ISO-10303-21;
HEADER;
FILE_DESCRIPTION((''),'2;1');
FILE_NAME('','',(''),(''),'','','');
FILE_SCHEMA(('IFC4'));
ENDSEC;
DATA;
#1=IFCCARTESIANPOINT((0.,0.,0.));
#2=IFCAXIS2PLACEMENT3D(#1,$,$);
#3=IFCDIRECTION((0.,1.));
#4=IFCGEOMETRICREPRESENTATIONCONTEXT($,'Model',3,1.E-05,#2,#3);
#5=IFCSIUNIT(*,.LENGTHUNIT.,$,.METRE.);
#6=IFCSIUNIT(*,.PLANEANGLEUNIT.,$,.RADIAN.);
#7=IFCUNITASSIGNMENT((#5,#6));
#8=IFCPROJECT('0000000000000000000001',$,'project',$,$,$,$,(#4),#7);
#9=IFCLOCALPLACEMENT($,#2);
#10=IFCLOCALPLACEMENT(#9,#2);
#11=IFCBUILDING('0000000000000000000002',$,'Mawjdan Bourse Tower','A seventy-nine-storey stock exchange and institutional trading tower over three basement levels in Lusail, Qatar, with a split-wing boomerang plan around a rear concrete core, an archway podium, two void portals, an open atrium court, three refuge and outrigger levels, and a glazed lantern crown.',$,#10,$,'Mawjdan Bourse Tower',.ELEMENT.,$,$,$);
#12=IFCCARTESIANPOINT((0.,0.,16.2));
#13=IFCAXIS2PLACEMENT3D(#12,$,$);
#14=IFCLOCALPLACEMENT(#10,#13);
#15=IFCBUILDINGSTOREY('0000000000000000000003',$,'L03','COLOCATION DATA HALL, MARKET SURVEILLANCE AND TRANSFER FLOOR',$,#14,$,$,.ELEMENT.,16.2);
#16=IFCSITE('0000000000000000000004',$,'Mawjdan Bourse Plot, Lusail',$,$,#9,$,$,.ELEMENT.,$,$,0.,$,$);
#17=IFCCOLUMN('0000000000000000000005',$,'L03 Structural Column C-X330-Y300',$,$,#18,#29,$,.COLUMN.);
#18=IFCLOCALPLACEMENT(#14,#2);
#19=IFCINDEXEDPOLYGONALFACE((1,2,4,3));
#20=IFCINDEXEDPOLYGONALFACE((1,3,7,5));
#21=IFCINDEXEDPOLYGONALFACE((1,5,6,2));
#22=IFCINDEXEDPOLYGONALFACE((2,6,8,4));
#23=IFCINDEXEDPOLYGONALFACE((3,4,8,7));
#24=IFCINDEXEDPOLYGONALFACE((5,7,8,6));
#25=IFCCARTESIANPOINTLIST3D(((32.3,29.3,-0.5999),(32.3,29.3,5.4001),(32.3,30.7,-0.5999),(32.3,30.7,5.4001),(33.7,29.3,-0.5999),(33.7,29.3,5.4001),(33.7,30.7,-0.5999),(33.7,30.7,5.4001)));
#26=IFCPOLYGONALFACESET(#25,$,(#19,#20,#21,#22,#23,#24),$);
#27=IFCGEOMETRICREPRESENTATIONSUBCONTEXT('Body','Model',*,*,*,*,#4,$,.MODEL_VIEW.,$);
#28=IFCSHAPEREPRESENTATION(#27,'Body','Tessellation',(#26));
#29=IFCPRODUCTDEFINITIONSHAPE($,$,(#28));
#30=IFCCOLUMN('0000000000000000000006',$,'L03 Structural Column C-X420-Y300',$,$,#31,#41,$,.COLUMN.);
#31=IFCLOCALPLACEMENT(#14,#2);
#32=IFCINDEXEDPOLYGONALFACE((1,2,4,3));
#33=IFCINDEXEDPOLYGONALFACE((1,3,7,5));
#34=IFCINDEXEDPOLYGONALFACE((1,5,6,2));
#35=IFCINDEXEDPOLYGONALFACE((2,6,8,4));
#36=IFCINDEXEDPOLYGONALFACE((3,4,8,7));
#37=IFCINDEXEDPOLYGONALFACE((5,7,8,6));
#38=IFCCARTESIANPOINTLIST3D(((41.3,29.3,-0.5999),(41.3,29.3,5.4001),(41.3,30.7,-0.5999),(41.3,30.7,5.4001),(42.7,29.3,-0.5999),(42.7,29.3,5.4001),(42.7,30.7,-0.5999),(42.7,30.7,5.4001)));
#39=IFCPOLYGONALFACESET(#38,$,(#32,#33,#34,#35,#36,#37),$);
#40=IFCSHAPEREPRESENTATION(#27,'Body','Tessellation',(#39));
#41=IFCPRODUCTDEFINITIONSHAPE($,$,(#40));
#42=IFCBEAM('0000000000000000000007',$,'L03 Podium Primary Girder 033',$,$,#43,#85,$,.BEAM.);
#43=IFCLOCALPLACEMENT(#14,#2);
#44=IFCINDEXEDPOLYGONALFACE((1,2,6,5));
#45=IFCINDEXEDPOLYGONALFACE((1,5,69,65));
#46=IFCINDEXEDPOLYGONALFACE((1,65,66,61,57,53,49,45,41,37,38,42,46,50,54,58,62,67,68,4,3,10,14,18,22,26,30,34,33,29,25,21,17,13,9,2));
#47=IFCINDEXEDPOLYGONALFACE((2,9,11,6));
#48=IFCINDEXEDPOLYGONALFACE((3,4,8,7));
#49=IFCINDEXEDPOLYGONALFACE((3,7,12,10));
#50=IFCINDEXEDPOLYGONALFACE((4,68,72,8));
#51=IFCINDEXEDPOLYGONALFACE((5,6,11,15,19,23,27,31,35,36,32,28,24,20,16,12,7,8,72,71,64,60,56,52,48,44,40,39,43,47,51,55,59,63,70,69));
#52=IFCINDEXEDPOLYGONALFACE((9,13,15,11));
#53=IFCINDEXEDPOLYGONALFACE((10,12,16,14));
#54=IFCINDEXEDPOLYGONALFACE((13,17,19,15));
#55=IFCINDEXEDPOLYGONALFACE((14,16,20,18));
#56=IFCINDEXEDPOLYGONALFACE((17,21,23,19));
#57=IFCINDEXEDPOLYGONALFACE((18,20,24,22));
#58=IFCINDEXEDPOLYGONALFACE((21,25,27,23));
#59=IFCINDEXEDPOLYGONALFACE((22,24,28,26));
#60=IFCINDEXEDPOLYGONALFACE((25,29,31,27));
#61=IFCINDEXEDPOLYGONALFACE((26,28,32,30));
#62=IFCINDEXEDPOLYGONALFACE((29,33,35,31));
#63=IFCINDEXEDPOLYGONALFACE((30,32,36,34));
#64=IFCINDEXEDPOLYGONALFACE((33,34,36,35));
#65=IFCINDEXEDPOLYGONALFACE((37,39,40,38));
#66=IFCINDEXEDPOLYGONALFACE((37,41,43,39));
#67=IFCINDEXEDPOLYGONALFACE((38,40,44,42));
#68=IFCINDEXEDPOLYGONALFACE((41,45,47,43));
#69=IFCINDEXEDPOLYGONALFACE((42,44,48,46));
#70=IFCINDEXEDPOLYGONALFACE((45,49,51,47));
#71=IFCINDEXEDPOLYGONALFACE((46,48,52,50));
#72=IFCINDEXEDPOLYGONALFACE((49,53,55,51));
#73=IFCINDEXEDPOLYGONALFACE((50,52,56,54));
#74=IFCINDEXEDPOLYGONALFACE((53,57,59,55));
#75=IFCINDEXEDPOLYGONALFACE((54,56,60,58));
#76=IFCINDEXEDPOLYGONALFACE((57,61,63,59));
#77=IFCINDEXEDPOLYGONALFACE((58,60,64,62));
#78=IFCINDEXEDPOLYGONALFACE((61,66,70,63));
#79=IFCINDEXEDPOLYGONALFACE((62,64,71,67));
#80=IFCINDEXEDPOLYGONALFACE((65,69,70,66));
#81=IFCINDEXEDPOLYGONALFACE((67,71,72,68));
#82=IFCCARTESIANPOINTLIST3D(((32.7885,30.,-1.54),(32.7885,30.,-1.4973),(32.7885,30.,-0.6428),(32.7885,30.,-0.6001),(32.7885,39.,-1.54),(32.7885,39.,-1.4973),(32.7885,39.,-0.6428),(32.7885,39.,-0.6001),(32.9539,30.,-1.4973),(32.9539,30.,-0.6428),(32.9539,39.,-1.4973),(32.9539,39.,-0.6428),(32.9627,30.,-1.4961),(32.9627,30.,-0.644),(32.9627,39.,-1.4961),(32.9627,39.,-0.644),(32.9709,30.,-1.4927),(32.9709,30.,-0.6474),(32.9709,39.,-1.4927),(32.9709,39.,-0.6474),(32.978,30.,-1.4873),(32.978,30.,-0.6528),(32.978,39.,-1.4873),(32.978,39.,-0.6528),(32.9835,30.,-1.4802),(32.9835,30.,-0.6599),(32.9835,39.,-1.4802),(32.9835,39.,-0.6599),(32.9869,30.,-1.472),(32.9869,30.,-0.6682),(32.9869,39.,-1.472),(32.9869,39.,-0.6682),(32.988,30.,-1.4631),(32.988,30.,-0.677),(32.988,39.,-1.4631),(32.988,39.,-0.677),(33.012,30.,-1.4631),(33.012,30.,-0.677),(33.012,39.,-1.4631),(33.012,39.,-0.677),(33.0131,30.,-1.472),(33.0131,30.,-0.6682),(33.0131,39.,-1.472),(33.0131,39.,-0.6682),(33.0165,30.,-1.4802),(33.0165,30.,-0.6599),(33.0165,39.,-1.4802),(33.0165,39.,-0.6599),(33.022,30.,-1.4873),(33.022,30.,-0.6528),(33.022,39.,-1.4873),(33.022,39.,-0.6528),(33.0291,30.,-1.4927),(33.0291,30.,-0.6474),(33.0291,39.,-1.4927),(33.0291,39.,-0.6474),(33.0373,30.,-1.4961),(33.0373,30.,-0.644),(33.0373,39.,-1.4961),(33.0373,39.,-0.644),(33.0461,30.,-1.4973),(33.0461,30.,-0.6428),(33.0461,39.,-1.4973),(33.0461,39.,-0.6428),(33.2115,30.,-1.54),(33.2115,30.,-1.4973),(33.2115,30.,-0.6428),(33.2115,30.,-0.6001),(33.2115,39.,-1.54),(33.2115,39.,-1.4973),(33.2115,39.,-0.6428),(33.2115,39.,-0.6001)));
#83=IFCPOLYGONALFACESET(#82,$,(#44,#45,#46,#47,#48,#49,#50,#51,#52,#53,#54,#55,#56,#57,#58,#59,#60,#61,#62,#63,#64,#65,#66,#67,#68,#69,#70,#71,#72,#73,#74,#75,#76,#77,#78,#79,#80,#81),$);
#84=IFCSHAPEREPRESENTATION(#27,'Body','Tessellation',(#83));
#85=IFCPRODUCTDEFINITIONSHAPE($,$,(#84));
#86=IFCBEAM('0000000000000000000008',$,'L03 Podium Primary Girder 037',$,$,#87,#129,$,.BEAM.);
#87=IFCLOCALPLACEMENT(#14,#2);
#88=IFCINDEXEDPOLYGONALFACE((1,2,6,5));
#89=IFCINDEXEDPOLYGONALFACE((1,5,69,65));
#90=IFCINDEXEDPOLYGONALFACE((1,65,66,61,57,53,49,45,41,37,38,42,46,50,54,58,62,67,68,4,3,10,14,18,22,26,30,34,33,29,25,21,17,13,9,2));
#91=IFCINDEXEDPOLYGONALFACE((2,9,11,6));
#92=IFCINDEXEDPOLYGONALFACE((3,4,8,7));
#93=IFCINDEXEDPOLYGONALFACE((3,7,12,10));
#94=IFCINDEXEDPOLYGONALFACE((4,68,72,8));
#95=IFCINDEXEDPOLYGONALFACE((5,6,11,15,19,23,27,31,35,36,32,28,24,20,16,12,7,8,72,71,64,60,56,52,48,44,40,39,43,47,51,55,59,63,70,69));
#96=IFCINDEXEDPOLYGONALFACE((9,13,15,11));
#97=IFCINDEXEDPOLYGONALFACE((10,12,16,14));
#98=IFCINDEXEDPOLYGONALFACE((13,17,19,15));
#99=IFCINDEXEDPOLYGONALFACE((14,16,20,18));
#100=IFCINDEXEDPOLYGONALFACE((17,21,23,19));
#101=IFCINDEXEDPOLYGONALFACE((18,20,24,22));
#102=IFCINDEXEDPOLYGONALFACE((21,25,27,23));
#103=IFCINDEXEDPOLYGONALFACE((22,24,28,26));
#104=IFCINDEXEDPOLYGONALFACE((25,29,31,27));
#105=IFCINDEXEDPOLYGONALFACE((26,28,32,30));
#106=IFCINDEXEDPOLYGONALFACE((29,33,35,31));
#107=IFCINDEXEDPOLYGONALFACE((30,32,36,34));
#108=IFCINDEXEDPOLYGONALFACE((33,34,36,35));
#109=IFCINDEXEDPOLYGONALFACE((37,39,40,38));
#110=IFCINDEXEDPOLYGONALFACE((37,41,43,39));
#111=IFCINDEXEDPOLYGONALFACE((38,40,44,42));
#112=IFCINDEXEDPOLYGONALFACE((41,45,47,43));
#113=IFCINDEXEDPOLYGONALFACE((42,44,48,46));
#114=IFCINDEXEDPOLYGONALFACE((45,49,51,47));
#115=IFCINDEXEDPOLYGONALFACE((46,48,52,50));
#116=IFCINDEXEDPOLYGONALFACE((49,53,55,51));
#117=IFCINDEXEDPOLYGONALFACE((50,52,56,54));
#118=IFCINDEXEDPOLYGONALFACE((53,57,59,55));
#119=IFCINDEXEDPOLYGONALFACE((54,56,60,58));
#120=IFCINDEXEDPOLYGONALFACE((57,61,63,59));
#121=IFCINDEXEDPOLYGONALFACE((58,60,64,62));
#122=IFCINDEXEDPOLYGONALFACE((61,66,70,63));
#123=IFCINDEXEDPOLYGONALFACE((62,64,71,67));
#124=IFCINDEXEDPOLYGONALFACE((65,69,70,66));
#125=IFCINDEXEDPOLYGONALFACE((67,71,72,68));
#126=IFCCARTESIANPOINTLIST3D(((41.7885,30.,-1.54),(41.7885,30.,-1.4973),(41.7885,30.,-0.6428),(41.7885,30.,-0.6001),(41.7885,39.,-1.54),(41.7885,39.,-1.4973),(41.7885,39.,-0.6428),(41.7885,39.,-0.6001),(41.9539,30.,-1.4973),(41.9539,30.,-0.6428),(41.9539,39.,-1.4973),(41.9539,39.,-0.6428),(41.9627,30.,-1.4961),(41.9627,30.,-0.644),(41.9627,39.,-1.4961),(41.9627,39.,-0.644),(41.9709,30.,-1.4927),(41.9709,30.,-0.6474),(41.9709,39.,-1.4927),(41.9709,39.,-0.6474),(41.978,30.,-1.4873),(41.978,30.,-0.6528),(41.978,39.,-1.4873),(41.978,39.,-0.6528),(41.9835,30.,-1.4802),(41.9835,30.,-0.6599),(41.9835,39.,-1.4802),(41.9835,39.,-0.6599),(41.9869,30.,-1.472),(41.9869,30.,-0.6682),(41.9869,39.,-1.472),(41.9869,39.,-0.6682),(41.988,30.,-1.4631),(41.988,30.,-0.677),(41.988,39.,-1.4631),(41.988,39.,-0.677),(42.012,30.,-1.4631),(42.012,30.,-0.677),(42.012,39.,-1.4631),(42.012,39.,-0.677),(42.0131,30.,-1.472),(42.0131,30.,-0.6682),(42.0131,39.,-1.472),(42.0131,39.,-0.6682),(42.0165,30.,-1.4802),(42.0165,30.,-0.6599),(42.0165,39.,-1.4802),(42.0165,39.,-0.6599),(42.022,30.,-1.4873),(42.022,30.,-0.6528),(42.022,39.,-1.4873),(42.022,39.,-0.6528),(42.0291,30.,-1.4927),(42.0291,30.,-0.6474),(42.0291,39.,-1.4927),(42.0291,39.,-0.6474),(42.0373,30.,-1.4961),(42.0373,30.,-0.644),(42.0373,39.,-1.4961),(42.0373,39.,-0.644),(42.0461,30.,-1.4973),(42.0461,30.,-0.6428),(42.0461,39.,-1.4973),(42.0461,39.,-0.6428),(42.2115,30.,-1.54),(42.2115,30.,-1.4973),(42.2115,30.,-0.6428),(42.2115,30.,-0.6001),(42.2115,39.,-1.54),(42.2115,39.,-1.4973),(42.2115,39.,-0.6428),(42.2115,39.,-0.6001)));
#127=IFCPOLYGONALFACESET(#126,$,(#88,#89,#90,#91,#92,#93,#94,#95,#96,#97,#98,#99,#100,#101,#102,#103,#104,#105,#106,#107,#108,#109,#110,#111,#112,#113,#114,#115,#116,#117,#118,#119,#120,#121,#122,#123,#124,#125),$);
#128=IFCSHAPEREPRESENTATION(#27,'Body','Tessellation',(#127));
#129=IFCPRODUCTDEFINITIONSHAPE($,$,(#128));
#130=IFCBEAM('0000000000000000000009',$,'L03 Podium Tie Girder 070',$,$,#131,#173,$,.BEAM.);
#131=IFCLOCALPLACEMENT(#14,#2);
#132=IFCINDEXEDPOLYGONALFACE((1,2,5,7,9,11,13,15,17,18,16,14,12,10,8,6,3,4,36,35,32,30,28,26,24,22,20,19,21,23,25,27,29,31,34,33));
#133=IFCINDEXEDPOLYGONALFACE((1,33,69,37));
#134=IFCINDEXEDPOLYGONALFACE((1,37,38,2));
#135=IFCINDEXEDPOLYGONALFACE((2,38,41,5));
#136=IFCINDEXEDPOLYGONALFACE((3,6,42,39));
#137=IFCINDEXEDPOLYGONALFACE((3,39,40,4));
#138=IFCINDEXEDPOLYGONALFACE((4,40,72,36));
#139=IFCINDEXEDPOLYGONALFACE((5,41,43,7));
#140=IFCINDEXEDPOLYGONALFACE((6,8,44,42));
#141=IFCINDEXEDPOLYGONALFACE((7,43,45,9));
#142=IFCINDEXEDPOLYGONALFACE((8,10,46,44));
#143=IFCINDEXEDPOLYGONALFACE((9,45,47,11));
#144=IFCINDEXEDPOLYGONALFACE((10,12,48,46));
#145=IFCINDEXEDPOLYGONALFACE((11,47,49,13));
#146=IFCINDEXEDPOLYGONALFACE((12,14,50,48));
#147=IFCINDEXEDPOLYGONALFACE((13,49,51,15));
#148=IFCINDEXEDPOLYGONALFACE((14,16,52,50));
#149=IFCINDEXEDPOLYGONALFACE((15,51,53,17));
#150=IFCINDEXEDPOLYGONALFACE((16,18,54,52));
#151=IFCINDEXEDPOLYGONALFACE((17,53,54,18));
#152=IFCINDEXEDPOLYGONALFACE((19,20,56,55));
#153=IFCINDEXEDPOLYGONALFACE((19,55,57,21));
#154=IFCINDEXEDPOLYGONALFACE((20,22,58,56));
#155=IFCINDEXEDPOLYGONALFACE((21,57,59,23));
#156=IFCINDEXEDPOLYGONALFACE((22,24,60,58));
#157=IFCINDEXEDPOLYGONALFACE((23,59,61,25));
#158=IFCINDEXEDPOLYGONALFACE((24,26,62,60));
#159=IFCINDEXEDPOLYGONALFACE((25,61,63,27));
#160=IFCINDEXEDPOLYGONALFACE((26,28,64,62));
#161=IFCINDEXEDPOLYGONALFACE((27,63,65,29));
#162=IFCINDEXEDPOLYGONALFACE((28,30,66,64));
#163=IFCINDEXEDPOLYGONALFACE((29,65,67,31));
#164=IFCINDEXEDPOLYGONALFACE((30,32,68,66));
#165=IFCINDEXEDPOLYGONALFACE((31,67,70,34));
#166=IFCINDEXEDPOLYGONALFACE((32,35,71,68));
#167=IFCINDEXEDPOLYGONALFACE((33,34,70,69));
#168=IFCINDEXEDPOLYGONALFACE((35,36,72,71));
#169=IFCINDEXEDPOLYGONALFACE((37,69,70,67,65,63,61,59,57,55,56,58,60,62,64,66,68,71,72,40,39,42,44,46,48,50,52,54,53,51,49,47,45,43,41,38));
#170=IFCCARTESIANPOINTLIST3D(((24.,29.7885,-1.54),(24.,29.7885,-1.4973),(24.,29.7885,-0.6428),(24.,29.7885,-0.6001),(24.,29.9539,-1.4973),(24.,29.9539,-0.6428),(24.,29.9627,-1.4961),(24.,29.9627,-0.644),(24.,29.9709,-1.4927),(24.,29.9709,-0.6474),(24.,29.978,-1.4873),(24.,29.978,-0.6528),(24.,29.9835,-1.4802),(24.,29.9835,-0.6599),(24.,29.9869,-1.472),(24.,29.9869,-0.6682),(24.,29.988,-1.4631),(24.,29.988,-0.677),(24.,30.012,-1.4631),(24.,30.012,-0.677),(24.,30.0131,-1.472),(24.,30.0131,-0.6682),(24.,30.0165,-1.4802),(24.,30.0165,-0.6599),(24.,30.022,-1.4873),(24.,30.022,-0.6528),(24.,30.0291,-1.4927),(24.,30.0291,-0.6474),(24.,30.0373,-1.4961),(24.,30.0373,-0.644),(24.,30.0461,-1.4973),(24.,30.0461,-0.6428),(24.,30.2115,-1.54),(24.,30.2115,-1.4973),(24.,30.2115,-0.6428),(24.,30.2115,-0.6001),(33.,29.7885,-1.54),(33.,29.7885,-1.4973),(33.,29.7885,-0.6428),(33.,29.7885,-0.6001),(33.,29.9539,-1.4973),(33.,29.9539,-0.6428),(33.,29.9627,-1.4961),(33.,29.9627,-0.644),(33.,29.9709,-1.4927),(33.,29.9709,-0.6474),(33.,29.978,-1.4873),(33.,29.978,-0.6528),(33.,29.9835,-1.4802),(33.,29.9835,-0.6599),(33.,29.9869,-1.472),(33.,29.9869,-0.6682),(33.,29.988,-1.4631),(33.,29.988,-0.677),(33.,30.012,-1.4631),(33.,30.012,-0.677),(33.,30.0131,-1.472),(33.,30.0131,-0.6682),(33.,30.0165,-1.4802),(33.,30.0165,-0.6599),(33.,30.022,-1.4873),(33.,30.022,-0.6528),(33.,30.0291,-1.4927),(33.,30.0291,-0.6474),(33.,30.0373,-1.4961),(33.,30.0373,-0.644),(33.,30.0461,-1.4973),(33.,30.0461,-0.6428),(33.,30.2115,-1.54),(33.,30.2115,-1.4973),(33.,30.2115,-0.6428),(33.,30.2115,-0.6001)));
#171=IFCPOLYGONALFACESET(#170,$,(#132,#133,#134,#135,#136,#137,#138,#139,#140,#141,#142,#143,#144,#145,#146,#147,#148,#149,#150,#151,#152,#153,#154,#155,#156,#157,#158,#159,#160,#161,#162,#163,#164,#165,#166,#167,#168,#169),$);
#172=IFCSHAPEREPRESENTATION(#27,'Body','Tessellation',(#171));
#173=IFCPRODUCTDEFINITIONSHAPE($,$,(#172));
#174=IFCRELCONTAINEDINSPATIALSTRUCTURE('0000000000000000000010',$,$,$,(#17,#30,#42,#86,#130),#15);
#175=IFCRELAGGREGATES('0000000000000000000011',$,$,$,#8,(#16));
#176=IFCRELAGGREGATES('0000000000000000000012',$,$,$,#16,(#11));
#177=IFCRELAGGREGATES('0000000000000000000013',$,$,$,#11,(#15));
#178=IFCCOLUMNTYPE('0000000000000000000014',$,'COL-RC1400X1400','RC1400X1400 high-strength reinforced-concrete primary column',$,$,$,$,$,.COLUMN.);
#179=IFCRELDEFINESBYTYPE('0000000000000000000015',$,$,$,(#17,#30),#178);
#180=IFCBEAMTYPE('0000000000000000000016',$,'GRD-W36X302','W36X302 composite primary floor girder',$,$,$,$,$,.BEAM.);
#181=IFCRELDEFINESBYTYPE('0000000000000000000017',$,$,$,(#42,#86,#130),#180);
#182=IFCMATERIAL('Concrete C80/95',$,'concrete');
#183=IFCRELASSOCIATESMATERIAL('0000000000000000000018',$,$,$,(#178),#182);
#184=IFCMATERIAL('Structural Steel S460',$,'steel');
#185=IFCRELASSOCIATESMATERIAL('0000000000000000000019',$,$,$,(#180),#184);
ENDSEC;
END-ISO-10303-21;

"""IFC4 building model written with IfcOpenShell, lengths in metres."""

from ifc_helpers import new_model, si_unit, direction, frame, origin, origin_2d, place, context, subcontext, project, spatial, rectangle, i_section, extrude, material, material_profile, profile_set, type_object, element, save


model = new_model("IFC4")

# Units and contexts
model_context = context("Model", 3, precision=1e-05, world=origin(), true_north=direction((0.0, 1.0)))
body_context = subcontext(model_context, "Body", "Model", "MODEL_VIEW")
ifc_project = project(units=[si_unit("LENGTHUNIT", "METRE"), si_unit("PLANEANGLEUNIT", "RADIAN")], contexts=[model_context])

# Site, building, storey
site_placement = place(None, origin())
site = spatial("IfcSite", under=ifc_project, at=site_placement, Name="Mawjdan Bourse Plot, Lusail", CompositionType="ELEMENT", RefElevation=0.0)
building_placement = place(site_placement, origin())
building = spatial("IfcBuilding", under=site, at=building_placement, Name="Mawjdan Bourse Tower", Description="A seventy-nine-storey stock exchange and institutional trading tower over three basement levels in Lusail, Qatar, with a split-wing boomerang plan around a rear concrete core, an archway podium, two void portals, an open atrium court, three refuge and outrigger levels, and a glazed lantern crown.", LongName="Mawjdan Bourse Tower", CompositionType="ELEMENT")
storey_placement = place(building_placement, frame((0.0, 0.0, 16.2)))
storey = spatial("IfcBuildingStorey", under=building, at=storey_placement, Name="L03", Description="COLOCATION DATA HALL, MARKET SURVEILLANCE AND TRANSFER FLOOR", CompositionType="ELEMENT", Elevation=16.2)

# Columns
ifc_material_1 = material(Name="Concrete C80/95", Category="concrete")
ifc_material_profile_1 = material_profile(ifc_material_1, rectangle(XDim=1.3999, YDim=1.3999, at=origin_2d()), Name="RC1400X1400")
ifc_profile_set_1 = profile_set([ifc_material_profile_1], Name="Concrete C80/95")
column_type = type_object("IfcColumnType", Name="COL-RC1400X1400", Description="RC1400X1400 high-strength reinforced-concrete primary column", PredefinedType="COLUMN", material=ifc_profile_set_1)
for number, where, z_axis, x_axis, name in (
    (1, (33.0, 30.0, -0.5999), (0.0, 0.0, 1.0), (1.0, 0.0, 0.0), "L03 Structural Column C-X330-Y300"),
    (2, (42.0, 30.0, -0.5999), (0.0, 0.0, 1.0), (1.0, 0.0, 0.0), "L03 Structural Column C-X420-Y300"),
):
    element("IfcColumn", number, at=place(storey_placement, frame(where, z_axis=z_axis, x_axis=x_axis)), inside=storey, type_object=column_type, Name=name, PredefinedType="COLUMN", context=body_context, shape_type="SweptSolid", body=[
        extrude(rectangle(XDim=1.3999, YDim=1.3999, at=origin_2d()), origin(), (0.0, 0.0, 1.0), 6.0),
    ])

# Beams
ifc_material_2 = material(Name="Structural Steel S460", Category="steel")
ifc_material_profile_2 = material_profile(ifc_material_2, i_section(OverallWidth=0.4231, OverallDepth=0.9399, WebThickness=0.0239, FlangeThickness=0.0427, FilletRadius=0.0342, at=origin_2d()), Name="W36X302")
ifc_profile_set_2 = profile_set([ifc_material_profile_2], Name="Structural Steel S460")
beam_type_1 = type_object("IfcBeamType", Name="GRD-W36X302", Description="W36X302 composite primary floor girder", PredefinedType="BEAM", material=ifc_profile_set_2)
for number, where, z_axis, x_axis, name in (
    (3, (33.0, 30.0, -1.0701), (0.0, 1.0, 0.0), (-1.0, 0.0, 0.0), "L03 Podium Primary Girder 033"),
    (4, (42.0, 30.0, -1.0701), (0.0, 1.0, 0.0), (-1.0, 0.0, 0.0), "L03 Podium Primary Girder 037"),
    (5, (24.0, 30.0, -1.0701), (1.0, 0.0, 0.0), (0.0, 1.0, 0.0), "L03 Podium Tie Girder 070"),
):
    element("IfcBeam", number, at=place(storey_placement, frame(where, z_axis=z_axis, x_axis=x_axis)), inside=storey, type_object=beam_type_1, Name=name, PredefinedType="BEAM", context=body_context, shape_type="SweptSolid", body=[
        extrude(i_section(OverallWidth=0.4231, OverallDepth=0.9399, WebThickness=0.0239, FlangeThickness=0.0427, FilletRadius=0.0342, at=origin_2d()), origin(), (0.0, 0.0, 1.0), 9.0),
    ])

save(model, "model.ifc")
